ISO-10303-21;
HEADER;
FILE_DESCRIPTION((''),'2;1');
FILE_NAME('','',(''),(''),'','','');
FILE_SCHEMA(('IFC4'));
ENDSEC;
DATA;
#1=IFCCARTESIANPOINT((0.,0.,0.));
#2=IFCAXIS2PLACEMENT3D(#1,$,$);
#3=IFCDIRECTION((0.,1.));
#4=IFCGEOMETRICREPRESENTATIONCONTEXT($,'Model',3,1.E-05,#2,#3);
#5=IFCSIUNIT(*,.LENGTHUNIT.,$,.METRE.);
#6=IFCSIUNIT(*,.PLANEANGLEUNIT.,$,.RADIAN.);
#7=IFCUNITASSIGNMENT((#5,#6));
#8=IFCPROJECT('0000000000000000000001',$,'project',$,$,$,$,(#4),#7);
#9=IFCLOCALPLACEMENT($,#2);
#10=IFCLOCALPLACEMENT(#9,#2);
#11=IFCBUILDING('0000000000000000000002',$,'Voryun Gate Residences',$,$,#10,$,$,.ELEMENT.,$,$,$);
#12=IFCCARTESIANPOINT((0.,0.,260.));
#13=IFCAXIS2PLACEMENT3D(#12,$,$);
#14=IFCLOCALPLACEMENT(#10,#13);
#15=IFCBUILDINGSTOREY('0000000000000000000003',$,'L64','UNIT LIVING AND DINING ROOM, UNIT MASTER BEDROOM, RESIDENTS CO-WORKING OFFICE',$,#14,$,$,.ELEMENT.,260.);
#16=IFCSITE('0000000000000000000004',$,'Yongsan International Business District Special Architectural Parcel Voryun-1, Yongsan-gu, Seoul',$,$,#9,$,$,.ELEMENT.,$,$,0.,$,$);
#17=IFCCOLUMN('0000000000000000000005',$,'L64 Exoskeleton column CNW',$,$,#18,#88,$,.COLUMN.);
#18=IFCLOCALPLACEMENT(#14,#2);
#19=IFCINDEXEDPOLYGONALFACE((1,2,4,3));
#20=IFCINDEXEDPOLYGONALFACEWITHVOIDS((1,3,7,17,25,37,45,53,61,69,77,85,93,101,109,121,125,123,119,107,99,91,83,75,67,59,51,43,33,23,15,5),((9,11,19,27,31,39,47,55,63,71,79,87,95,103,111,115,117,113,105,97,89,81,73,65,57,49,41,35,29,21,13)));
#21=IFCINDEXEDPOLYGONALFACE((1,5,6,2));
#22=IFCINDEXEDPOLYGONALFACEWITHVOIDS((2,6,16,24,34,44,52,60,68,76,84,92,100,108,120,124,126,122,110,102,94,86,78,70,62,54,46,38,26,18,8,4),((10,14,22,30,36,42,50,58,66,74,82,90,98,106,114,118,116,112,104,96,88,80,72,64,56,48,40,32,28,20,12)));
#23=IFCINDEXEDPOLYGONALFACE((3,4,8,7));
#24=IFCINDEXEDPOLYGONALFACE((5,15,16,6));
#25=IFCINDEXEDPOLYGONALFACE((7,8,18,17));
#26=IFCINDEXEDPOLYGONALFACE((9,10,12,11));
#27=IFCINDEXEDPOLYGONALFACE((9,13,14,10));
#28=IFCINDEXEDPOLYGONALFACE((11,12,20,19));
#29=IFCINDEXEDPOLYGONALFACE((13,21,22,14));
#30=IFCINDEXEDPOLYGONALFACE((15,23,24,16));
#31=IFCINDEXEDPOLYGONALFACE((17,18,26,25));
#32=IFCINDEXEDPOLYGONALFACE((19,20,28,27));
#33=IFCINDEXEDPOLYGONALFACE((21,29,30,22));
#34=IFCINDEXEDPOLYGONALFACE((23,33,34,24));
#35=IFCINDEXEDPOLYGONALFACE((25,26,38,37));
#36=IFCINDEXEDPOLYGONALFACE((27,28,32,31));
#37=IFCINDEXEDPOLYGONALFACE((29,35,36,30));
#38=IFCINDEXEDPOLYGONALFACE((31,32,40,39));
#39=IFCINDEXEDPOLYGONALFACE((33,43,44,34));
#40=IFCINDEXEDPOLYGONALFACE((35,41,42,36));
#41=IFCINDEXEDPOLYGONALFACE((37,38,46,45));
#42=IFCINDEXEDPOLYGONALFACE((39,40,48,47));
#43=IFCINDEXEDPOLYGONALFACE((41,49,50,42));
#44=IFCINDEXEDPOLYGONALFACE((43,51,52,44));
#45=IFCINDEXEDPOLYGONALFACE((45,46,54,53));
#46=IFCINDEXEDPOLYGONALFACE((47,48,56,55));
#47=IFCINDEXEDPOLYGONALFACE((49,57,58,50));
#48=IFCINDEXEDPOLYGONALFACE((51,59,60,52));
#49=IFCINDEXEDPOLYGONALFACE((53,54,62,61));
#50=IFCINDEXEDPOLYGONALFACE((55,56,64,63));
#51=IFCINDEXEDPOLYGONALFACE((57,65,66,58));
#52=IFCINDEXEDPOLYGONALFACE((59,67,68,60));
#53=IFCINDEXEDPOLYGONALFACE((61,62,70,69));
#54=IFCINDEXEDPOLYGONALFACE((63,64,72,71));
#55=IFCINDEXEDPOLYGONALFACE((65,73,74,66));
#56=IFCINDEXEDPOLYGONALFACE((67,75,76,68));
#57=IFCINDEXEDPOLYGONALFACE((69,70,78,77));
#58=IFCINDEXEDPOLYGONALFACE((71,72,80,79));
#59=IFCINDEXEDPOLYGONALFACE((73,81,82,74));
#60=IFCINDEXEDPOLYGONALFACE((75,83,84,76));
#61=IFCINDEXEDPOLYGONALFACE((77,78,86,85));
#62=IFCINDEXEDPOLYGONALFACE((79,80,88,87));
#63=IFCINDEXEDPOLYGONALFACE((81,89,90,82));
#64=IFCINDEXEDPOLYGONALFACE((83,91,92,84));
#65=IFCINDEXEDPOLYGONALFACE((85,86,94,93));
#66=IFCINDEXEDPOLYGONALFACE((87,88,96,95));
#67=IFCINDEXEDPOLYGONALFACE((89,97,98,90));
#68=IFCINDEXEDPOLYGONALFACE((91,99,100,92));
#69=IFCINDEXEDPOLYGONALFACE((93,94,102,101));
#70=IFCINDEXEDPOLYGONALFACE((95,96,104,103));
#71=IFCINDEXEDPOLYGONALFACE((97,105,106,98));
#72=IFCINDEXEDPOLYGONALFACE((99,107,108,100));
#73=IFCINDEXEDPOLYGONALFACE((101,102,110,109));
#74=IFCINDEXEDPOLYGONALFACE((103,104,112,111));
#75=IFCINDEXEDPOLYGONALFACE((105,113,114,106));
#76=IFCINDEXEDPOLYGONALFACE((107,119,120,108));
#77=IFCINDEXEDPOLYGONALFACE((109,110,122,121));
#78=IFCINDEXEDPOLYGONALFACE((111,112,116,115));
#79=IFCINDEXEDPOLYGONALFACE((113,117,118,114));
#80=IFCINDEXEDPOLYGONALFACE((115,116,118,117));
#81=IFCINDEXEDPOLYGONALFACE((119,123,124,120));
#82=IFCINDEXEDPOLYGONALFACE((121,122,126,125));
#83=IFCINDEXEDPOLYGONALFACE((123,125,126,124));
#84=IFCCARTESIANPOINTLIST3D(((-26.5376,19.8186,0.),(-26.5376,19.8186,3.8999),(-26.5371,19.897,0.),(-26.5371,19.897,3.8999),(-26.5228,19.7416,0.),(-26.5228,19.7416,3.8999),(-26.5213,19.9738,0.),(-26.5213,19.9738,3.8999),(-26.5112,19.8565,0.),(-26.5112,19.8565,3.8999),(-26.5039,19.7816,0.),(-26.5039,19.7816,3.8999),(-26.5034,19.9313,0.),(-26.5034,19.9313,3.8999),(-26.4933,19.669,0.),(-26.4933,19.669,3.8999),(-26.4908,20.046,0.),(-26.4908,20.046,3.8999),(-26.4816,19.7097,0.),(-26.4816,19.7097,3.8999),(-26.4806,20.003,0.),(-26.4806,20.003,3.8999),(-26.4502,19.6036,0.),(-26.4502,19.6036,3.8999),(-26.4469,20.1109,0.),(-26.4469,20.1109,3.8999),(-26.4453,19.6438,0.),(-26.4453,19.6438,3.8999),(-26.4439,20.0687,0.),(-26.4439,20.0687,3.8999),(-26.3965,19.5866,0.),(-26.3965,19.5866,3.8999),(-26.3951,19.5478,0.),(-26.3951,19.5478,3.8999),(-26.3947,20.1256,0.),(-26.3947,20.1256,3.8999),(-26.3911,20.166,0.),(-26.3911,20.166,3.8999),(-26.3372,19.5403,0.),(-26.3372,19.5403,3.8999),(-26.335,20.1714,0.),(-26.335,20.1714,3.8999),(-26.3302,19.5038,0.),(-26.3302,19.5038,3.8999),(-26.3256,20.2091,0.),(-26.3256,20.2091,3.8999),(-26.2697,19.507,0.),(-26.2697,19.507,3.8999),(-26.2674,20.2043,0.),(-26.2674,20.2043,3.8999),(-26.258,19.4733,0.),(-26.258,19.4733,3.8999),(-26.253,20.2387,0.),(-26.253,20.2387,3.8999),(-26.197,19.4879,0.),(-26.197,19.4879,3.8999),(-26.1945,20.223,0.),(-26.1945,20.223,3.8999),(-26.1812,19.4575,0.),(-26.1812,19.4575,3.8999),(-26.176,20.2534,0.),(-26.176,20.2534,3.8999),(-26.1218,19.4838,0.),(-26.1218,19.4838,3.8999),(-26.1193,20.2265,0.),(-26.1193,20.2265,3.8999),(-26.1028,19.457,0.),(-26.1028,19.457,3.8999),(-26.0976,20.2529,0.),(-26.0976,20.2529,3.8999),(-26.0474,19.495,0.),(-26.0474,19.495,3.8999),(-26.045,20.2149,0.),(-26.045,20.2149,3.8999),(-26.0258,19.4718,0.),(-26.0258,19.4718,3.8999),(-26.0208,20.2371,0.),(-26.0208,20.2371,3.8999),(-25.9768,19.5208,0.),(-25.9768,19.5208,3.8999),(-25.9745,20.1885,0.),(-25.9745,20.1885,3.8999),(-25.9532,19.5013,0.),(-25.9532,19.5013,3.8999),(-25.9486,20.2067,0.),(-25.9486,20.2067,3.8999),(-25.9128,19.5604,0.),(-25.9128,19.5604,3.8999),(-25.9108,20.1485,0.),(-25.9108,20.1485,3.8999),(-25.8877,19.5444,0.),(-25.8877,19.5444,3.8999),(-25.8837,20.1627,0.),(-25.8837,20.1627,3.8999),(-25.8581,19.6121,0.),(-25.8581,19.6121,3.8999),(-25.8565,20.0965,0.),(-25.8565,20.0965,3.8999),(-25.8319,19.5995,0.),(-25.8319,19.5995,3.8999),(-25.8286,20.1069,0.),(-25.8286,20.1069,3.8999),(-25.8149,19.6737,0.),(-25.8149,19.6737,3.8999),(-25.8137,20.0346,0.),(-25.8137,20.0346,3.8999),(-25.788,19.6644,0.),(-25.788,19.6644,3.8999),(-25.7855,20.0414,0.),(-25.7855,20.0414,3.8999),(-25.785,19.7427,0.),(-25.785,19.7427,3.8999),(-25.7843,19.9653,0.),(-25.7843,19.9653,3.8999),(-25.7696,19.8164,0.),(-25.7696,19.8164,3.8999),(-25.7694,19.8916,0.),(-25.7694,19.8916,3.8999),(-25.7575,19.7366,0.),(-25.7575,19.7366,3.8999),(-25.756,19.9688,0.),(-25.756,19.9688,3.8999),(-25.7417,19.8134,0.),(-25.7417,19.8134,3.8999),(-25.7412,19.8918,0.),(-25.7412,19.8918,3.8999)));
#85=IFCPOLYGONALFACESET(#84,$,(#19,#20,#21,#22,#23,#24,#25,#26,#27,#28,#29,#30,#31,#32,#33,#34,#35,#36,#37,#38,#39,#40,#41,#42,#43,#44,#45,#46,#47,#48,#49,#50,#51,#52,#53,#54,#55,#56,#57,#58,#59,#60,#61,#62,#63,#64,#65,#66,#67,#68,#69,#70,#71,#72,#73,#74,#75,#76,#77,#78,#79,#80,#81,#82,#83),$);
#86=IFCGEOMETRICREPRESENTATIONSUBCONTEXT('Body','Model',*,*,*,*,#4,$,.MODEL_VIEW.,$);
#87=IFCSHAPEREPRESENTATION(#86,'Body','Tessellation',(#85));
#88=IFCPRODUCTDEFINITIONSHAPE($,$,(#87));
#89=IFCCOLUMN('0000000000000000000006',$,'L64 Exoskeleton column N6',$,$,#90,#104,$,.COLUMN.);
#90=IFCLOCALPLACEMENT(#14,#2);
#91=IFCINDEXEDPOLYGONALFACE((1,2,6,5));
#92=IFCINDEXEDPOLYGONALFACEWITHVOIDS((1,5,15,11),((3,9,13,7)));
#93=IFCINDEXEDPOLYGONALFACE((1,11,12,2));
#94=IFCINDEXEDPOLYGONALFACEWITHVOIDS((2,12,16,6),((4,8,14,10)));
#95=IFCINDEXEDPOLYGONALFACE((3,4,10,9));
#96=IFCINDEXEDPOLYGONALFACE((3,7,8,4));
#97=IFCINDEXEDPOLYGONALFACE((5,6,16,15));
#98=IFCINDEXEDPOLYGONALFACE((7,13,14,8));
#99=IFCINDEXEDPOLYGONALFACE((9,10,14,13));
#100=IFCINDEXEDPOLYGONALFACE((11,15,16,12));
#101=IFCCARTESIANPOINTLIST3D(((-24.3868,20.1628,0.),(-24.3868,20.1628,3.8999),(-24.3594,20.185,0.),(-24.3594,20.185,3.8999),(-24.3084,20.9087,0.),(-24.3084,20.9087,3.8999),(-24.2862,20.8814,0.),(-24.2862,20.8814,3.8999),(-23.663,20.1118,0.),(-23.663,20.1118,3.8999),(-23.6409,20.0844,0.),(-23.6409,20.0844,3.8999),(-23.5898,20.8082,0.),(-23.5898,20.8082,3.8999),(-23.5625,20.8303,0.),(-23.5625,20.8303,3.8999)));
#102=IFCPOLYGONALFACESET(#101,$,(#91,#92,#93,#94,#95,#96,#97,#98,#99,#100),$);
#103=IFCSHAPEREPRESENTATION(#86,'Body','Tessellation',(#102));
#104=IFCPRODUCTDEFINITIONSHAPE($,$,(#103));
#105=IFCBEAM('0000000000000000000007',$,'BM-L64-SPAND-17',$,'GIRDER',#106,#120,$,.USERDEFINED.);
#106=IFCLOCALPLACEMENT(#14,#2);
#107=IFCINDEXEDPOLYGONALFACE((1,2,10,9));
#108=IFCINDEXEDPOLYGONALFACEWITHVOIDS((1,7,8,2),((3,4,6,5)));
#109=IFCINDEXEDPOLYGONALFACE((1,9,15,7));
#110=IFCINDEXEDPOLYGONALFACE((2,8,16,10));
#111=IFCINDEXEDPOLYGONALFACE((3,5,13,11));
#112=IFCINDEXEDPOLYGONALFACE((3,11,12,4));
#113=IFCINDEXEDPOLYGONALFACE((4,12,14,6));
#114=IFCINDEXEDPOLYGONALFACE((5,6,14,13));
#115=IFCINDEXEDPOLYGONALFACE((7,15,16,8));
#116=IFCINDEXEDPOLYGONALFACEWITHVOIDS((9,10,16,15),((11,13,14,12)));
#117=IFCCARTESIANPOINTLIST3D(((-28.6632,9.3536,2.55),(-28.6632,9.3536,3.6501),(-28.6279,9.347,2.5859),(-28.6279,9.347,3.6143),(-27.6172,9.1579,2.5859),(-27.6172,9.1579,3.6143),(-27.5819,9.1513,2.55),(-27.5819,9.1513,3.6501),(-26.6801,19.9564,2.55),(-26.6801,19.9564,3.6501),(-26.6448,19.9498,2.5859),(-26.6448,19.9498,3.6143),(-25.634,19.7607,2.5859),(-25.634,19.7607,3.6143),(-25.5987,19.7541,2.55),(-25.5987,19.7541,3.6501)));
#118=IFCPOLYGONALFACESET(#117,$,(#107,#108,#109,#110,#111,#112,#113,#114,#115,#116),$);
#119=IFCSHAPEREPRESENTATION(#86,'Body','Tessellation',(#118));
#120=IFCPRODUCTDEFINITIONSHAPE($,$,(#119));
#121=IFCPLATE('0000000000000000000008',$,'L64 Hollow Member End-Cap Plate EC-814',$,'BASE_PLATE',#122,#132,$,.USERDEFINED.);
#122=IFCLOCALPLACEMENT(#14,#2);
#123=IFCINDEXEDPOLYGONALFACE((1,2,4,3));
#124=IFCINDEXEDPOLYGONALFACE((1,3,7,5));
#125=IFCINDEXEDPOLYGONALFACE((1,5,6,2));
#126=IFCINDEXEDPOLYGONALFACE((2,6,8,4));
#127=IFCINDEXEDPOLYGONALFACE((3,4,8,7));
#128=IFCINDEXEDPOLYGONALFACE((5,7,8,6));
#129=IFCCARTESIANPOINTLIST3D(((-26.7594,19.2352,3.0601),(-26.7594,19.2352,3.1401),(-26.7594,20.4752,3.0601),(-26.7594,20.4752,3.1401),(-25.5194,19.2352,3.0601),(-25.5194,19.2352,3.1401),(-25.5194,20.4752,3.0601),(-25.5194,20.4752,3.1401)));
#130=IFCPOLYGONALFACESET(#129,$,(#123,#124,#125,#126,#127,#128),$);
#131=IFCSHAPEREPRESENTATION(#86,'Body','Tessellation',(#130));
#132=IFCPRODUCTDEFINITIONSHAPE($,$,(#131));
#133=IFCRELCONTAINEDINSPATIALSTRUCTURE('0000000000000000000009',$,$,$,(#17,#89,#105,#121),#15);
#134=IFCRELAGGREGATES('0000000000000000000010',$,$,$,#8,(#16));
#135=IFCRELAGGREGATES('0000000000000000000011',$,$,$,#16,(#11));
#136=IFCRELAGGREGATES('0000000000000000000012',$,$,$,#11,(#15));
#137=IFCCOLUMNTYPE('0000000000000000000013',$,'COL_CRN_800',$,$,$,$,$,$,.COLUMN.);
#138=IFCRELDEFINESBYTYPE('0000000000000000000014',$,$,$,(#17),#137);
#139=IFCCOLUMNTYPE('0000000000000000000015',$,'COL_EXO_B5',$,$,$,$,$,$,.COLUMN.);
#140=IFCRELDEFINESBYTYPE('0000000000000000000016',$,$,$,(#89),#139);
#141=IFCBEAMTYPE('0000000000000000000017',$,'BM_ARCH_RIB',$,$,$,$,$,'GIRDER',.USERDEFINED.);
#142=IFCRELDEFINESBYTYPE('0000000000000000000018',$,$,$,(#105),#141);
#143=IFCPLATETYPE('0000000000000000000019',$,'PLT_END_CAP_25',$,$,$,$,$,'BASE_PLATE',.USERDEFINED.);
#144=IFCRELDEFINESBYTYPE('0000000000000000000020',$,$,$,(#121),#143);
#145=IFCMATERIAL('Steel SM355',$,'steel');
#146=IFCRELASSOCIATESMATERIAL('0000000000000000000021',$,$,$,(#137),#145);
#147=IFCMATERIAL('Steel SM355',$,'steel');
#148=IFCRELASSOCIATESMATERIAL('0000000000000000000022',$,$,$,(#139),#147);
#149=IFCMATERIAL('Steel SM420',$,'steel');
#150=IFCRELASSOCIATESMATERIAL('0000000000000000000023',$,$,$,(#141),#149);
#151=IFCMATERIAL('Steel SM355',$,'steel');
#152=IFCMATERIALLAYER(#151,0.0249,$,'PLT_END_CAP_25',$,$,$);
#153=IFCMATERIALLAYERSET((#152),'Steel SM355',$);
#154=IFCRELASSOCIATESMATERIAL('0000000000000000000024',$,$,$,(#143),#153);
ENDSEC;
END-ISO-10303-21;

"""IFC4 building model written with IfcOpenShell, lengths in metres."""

from ifc_helpers import new_model, si_unit, direction, frame, origin, origin_2d, place, context, subcontext, project, spatial, rectangle, hollow_rectangle, hollow_circle, extrude, material, layer, layer_set, material_profile, profile_set, type_object, element, save


model = new_model("IFC4")

# Units and contexts
model_context = context("Model", 3, precision=1e-05, world=origin(), true_north=direction((0.0, 1.0)))
body_context = subcontext(model_context, "Body", "Model", "MODEL_VIEW")
ifc_project = project(units=[si_unit("LENGTHUNIT", "METRE"), si_unit("PLANEANGLEUNIT", "RADIAN")], contexts=[model_context])

# Site, building, storey
site_placement = place(None, origin())
site = spatial("IfcSite", under=ifc_project, at=site_placement, Name="Yongsan International Business District Special Architectural Parcel Voryun-1, Yongsan-gu, Seoul", CompositionType="ELEMENT", RefElevation=0.0)
building_placement = place(site_placement, origin())
building = spatial("IfcBuilding", under=site, at=building_placement, Name="Voryun Gate Residences", CompositionType="ELEMENT")
storey_placement = place(building_placement, frame((0.0, 0.0, 260.0)))
storey = spatial("IfcBuildingStorey", under=building, at=storey_placement, Name="L64", Description="UNIT LIVING AND DINING ROOM, UNIT MASTER BEDROOM, RESIDENTS CO-WORKING OFFICE", CompositionType="ELEMENT", Elevation=260.0)

# Columns
ifc_material_1 = material(Name="Steel SM355", Category="steel")
ifc_material_profile_1 = material_profile(ifc_material_1, hollow_circle(Radius=0.3999, WallThickness=0.0281, at=origin_2d()), Name="CHS-800x28")
ifc_profile_set_1 = profile_set([ifc_material_profile_1], Name="Steel SM355")
column_type_1 = type_object("IfcColumnType", Name="COL_CRN_800", PredefinedType="COLUMN", material=ifc_profile_set_1)
column_1_placement = place(storey_placement, frame((-26.1394, 19.8552, 0.0), z_axis=(0.0, 0.0, 1.0), x_axis=(0.994522, -0.104528, 0.0)))
element("IfcColumn", 1, at=column_1_placement, inside=storey, type_object=column_type_1, Name="L64 Exoskeleton column CNW", PredefinedType="COLUMN", context=body_context, shape_type="SweptSolid", body=[
    extrude(hollow_circle(Radius=0.3999, WallThickness=0.0281, at=origin_2d()), origin(), (0.0, 0.0, 1.0), 3.8999),
])
ifc_material_2 = material(Name="Steel SM355", Category="steel")
ifc_material_profile_2 = material_profile(ifc_material_2, hollow_rectangle(XDim=0.75, YDim=0.75, WallThickness=0.0249, at=origin_2d()), Name="BOX-750x750x25")
ifc_profile_set_2 = profile_set([ifc_material_profile_2], Name="Steel SM355")
column_type_2 = type_object("IfcColumnType", Name="COL_EXO_B5", PredefinedType="COLUMN", material=ifc_profile_set_2)
column_2_placement = place(storey_placement, frame((-23.9746, 20.4966, 0.0), z_axis=(0.0, 0.0, 1.0), x_axis=(0.994522, -0.104528, 0.0)))
element("IfcColumn", 2, at=column_2_placement, inside=storey, type_object=column_type_2, Name="L64 Exoskeleton column N6", PredefinedType="COLUMN", context=body_context, shape_type="SweptSolid", body=[
    extrude(hollow_rectangle(XDim=0.75, YDim=0.75, WallThickness=0.0249, at=origin_2d()), origin(), (0.0, 0.0, 1.0), 3.8999),
])

# Beam
ifc_material_3 = material(Name="Steel SM420", Category="steel")
ifc_material_profile_3 = material_profile(ifc_material_3, hollow_rectangle(XDim=1.1001, YDim=1.1001, WallThickness=0.0359, at=origin_2d()), Name="BOX-1100x1100x36")
ifc_profile_set_3 = profile_set([ifc_material_profile_3], Name="Steel SM420")
beam_type = type_object("IfcBeamType", Name="BM_ARCH_RIB", ElementType="GIRDER", PredefinedType="USERDEFINED", material=ifc_profile_set_3)
beam_placement = place(storey_placement, frame((-26.1394, 19.8552, 3.1001), z_axis=(-0.183853, -0.982954, 0.0), x_axis=(0.982954, -0.183853, 0.0)))
element("IfcBeam", 3, at=beam_placement, inside=storey, type_object=beam_type, Name="BM-L64-SPAND-17", ObjectType="GIRDER", PredefinedType="USERDEFINED", context=body_context, shape_type="SweptSolid", body=[
    extrude(hollow_rectangle(XDim=1.1001, YDim=1.1001, WallThickness=0.0359, at=origin_2d()), origin(), (0.0, 0.0, 1.0), 10.7866),
])

# Plate
ifc_material_4 = material(Name="Steel SM355", Category="steel")
ifc_layer_1 = layer(ifc_material_4, 0.0249, Name="PLT_END_CAP_25")
ifc_layer_set_1 = layer_set([ifc_layer_1], Name="Steel SM355")
plate_type = type_object("IfcPlateType", Name="PLT_END_CAP_25", ElementType="BASE_PLATE", PredefinedType="USERDEFINED", material=ifc_layer_set_1)
plate_placement = place(storey_placement, frame((-26.1394, 19.8552, 3.0601), z_axis=(0.0, 0.0, 1.0), x_axis=(1.0, 0.0, 0.0)))
element("IfcPlate", 4, at=plate_placement, inside=storey, type_object=plate_type, Name="L64 Hollow Member End-Cap Plate EC-814", ObjectType="BASE_PLATE", PredefinedType="USERDEFINED", context=body_context, shape_type="SweptSolid", body=[
    extrude(rectangle(XDim=1.24, YDim=1.24, at=origin_2d()), origin(), (0.0, 0.0, 1.0), 0.0801),
])

save(model, "model.ifc")
